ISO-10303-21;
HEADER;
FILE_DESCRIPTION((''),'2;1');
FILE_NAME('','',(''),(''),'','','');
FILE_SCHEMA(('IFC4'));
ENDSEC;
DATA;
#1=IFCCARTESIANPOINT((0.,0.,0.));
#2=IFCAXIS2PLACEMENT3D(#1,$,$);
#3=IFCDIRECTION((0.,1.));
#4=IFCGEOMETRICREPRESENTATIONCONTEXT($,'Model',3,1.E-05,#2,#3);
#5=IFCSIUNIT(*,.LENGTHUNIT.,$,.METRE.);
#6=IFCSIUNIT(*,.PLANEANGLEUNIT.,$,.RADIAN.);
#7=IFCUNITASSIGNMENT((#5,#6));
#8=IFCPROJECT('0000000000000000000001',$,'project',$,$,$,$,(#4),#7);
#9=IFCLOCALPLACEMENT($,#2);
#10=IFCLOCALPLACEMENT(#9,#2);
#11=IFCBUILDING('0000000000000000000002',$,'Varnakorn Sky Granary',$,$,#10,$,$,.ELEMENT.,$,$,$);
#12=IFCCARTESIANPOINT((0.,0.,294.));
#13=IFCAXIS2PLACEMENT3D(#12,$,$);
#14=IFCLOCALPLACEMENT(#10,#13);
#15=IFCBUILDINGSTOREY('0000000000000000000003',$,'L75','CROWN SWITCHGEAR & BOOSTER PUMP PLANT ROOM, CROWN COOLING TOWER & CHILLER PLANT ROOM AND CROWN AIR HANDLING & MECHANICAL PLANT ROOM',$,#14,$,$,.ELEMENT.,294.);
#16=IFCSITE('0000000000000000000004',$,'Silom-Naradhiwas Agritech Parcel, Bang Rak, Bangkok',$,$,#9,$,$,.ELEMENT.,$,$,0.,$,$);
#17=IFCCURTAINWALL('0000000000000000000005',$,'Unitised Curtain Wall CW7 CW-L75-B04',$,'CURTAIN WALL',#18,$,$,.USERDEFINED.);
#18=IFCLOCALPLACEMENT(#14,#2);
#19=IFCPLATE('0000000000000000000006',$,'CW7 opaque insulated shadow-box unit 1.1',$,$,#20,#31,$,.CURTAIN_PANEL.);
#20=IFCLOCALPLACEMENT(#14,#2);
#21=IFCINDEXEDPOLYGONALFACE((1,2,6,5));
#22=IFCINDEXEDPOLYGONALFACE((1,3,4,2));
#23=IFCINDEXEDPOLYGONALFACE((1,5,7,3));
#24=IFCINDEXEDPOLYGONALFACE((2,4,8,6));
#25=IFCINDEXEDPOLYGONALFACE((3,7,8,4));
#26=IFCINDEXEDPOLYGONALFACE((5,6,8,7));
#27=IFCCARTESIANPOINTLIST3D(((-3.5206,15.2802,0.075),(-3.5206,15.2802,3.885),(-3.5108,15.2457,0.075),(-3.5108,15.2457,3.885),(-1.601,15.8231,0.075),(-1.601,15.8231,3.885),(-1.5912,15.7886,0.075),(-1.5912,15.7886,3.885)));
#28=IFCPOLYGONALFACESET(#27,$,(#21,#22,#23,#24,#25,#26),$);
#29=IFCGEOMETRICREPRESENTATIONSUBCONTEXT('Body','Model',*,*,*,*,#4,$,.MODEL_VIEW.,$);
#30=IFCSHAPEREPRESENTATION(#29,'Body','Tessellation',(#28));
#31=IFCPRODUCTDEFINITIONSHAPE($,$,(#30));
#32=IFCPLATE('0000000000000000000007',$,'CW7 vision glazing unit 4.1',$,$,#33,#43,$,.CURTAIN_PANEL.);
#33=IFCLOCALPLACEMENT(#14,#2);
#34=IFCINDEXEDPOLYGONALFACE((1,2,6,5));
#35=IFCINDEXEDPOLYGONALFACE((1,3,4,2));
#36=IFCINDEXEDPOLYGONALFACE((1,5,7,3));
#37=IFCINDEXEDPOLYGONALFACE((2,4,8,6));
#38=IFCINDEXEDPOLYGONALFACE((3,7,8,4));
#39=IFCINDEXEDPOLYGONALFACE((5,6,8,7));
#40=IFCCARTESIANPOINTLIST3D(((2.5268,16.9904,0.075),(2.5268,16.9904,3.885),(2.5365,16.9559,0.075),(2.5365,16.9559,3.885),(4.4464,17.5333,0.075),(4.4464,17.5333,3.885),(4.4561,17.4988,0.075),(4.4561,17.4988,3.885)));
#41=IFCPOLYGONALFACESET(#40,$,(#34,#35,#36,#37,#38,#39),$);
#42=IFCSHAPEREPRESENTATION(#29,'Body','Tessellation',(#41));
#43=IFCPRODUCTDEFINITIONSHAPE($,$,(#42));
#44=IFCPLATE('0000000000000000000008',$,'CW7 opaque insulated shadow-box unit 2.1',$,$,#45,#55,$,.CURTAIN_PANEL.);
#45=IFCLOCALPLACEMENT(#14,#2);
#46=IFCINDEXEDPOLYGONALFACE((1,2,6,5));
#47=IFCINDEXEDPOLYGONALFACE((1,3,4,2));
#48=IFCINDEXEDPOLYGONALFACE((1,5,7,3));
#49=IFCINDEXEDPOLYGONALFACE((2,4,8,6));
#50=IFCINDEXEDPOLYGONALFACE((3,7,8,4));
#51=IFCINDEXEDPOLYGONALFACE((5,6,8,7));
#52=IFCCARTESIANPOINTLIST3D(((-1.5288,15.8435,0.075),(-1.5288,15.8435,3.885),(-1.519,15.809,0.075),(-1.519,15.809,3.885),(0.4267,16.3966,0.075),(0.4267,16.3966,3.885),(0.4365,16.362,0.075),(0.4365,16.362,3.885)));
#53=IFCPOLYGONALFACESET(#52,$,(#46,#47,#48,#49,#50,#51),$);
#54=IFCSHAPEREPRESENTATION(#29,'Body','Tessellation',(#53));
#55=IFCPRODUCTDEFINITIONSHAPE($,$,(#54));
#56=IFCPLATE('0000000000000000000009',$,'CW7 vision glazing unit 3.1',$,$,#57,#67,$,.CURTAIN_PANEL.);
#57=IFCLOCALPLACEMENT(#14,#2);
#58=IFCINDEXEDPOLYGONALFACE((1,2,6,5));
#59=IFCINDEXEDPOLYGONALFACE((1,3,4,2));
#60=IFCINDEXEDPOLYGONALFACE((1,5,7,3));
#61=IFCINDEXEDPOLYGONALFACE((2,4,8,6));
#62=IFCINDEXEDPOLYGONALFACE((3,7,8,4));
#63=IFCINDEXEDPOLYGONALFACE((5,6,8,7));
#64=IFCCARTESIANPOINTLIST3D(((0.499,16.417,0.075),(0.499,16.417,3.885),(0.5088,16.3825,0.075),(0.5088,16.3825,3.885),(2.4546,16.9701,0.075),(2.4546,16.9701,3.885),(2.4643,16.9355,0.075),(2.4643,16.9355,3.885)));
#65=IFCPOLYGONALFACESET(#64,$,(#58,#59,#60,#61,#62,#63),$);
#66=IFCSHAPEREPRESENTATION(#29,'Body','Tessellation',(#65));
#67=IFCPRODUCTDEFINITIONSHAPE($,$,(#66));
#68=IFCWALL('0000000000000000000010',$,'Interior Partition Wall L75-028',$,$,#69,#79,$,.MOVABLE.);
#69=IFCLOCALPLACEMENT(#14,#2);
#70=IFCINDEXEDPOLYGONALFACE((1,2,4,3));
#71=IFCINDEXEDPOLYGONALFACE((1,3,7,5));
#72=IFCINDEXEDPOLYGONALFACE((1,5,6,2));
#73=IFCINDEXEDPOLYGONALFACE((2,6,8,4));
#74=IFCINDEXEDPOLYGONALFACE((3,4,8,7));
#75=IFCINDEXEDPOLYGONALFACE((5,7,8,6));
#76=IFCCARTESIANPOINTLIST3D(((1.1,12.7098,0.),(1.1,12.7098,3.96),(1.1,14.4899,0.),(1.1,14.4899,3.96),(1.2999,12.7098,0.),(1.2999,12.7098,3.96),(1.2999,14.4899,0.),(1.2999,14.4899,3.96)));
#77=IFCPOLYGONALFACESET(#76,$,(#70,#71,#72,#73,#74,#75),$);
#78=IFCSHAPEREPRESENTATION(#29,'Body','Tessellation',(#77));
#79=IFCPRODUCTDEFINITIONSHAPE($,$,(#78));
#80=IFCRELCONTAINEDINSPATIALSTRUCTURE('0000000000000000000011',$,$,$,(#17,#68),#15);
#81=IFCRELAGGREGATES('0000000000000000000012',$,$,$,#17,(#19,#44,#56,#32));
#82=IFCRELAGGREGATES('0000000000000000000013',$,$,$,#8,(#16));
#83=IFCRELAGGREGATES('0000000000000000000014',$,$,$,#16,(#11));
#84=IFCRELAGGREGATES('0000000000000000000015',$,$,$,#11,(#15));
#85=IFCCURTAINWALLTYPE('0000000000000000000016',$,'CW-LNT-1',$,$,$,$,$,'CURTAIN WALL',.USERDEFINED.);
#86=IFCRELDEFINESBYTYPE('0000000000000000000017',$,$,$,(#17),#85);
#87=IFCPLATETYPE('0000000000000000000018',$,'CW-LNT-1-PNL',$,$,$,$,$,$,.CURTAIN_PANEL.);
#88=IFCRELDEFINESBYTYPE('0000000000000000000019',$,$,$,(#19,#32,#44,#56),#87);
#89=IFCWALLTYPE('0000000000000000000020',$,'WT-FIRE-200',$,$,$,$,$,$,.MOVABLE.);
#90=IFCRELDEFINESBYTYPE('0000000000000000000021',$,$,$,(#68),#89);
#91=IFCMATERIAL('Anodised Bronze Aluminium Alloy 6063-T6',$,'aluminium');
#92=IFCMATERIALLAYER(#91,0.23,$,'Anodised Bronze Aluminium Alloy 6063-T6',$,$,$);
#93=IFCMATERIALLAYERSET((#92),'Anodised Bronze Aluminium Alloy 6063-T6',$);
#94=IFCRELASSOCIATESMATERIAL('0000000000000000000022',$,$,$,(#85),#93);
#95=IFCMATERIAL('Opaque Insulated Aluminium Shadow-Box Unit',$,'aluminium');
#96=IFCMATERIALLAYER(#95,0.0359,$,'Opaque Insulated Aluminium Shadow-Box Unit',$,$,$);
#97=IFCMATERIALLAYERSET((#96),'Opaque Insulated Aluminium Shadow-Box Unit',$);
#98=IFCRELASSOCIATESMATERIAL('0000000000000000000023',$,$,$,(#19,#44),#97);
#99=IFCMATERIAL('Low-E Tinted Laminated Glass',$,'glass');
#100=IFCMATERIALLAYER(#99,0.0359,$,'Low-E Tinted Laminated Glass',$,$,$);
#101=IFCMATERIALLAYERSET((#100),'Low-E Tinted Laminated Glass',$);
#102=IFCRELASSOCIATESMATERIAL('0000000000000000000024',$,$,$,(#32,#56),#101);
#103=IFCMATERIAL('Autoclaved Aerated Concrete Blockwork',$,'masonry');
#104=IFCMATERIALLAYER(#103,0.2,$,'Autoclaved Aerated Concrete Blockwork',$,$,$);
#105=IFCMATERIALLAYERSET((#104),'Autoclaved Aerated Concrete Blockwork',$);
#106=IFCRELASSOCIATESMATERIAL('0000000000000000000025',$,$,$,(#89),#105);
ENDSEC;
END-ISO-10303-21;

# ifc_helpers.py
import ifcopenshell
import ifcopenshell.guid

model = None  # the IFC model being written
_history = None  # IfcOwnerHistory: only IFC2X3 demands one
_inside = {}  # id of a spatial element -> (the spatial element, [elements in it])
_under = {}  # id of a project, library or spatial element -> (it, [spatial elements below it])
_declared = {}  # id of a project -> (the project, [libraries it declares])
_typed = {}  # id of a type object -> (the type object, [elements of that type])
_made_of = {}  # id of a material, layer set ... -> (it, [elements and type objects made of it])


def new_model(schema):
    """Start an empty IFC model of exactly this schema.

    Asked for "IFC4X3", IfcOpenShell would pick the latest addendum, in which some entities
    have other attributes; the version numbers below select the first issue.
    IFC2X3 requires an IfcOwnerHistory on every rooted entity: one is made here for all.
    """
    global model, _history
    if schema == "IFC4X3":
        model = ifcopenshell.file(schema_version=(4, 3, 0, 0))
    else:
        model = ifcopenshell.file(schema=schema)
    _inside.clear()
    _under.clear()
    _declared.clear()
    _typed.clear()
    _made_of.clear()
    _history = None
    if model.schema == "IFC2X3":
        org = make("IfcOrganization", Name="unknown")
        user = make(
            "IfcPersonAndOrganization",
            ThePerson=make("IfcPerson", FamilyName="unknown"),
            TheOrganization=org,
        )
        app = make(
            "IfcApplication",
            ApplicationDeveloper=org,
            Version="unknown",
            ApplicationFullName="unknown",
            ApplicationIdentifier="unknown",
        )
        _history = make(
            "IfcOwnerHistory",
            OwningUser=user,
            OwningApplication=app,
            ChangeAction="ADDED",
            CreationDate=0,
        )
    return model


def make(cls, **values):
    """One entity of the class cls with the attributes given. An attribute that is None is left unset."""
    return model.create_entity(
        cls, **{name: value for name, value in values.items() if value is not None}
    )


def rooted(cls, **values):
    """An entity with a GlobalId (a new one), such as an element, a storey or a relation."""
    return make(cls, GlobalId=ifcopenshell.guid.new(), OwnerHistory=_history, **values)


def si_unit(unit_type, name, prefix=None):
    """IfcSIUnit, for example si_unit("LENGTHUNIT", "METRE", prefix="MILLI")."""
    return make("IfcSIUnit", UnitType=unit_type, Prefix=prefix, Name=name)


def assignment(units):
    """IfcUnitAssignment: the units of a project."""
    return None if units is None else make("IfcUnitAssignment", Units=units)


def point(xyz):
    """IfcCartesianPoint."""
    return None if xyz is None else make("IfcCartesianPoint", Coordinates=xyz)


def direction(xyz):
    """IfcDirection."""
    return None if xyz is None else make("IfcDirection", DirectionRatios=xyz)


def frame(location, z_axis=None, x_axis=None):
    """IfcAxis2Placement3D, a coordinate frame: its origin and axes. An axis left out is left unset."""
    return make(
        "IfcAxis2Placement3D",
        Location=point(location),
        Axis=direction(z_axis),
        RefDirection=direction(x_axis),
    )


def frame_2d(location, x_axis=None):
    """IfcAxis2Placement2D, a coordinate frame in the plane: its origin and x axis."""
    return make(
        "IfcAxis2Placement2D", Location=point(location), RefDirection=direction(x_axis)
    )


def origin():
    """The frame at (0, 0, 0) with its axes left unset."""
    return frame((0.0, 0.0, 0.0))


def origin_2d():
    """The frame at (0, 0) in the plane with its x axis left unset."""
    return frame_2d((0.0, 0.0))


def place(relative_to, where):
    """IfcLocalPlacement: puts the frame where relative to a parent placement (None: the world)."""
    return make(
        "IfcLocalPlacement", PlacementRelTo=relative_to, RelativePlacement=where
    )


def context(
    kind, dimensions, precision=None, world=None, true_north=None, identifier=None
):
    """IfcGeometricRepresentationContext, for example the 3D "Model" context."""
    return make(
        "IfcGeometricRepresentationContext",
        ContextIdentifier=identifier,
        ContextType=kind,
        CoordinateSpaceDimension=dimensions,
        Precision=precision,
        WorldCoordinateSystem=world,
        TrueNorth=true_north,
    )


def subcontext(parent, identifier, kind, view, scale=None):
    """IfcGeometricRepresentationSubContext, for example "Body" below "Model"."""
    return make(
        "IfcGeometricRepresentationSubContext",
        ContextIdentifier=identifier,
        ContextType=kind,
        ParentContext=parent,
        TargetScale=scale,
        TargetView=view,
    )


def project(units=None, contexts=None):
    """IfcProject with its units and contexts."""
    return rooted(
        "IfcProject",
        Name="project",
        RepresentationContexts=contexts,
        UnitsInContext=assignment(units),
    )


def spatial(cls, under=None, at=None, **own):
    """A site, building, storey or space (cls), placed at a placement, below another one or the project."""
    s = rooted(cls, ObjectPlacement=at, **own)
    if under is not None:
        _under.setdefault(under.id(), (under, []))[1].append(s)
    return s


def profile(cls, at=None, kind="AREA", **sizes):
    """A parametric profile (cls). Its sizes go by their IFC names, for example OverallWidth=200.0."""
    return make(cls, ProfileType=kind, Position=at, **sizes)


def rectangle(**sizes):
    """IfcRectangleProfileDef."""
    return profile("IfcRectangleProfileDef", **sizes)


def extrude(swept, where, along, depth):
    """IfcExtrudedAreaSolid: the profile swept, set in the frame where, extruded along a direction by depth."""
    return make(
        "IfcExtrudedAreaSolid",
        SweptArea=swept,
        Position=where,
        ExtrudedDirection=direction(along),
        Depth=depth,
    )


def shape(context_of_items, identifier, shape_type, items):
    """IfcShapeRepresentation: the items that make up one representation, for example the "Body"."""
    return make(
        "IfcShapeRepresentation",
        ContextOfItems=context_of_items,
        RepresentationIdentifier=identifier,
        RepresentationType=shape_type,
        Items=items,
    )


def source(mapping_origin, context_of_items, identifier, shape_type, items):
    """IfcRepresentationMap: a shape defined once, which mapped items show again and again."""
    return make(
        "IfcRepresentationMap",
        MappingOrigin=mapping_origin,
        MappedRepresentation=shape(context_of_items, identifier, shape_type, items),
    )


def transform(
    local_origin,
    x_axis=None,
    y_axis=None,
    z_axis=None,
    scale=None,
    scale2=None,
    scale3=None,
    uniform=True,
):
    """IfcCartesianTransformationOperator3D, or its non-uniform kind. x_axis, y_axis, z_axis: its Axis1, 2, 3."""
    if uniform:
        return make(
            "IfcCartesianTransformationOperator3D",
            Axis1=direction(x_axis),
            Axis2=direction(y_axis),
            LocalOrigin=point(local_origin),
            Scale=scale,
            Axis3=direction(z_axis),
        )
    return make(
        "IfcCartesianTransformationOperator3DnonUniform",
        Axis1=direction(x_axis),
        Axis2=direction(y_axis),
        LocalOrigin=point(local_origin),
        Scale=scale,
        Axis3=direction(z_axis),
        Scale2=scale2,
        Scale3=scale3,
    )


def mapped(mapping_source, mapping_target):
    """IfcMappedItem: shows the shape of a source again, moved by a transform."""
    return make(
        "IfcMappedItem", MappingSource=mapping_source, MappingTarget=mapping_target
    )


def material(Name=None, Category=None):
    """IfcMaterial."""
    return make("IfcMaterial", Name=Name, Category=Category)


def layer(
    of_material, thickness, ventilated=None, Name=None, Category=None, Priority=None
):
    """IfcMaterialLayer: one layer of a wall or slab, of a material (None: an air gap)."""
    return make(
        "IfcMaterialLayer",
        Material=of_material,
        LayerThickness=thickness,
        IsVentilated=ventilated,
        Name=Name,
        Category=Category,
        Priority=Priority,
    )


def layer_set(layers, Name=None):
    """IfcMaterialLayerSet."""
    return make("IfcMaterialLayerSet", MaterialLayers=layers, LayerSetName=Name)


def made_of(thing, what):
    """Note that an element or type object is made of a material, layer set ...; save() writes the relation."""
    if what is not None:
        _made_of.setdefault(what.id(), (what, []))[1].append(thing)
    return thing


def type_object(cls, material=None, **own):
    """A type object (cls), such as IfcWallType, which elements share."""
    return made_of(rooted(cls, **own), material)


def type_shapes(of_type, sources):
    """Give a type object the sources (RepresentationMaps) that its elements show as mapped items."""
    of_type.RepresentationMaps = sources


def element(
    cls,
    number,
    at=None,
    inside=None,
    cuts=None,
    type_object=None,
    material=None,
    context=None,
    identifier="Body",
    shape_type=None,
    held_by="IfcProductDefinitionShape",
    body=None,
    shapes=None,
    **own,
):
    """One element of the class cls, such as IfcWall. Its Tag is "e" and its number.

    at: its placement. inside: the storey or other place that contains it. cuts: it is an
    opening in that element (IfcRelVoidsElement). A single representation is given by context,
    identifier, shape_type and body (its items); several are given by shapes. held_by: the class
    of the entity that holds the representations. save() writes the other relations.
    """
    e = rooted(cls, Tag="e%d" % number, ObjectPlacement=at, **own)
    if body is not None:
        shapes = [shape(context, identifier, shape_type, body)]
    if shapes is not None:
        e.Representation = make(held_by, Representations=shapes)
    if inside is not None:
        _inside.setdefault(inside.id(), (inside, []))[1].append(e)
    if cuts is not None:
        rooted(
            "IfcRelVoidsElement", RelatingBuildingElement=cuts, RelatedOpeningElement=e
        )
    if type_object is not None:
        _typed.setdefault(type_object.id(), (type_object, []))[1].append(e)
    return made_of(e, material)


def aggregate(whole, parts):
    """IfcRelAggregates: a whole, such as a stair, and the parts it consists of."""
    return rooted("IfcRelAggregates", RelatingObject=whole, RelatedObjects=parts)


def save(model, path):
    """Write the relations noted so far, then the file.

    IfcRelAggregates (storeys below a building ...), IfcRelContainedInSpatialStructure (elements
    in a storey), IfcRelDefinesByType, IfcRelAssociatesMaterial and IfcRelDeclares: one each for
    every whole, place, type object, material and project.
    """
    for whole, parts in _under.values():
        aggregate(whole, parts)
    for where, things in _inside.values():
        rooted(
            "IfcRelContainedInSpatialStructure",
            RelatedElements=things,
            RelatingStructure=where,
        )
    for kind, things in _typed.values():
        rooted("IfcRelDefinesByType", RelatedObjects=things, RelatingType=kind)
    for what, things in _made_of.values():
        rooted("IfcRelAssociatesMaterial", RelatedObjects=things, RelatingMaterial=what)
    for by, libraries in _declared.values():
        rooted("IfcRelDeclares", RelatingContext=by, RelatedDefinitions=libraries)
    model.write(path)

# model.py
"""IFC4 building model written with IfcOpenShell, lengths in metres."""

from ifc_helpers import new_model, si_unit, direction, frame, frame_2d, origin, origin_2d, place, context, subcontext, project, spatial, rectangle, extrude, source, transform, mapped, material, layer, layer_set, type_object, type_shapes, element, aggregate, save


model = new_model("IFC4")

# Units and contexts
model_context = context("Model", 3, precision=1e-05, world=origin(), true_north=direction((0.0, 1.0)))
body_context = subcontext(model_context, "Body", "Model", "MODEL_VIEW")
ifc_project = project(units=[si_unit("LENGTHUNIT", "METRE"), si_unit("PLANEANGLEUNIT", "RADIAN")], contexts=[model_context])

# Site, building, storey
site_placement = place(None, origin())
site = spatial("IfcSite", under=ifc_project, at=site_placement, Name="Silom-Naradhiwas Agritech Parcel, Bang Rak, Bangkok", CompositionType="ELEMENT", RefElevation=0.0)
building_placement = place(site_placement, origin())
building = spatial("IfcBuilding", under=site, at=building_placement, Name="Varnakorn Sky Granary", CompositionType="ELEMENT")
storey_placement = place(building_placement, frame((0.0, 0.0, 294.0)))
storey = spatial("IfcBuildingStorey", under=building, at=storey_placement, Name="L75", Description="CROWN SWITCHGEAR & BOOSTER PUMP PLANT ROOM, CROWN COOLING TOWER & CHILLER PLANT ROOM AND CROWN AIR HANDLING & MECHANICAL PLANT ROOM", CompositionType="ELEMENT", Elevation=294.0)

# Shared definitions
ifc_material_1 = material(Name="Anodised Bronze Aluminium Alloy 6063-T6", Category="aluminium")
ifc_layer_1 = layer(ifc_material_1, 0.23, Name="Anodised Bronze Aluminium Alloy 6063-T6")
ifc_layer_set_1 = layer_set([ifc_layer_1], Name="Anodised Bronze Aluminium Alloy 6063-T6")
curtain_wall_type = type_object("IfcCurtainWallType", Name="CW-LNT-1", ElementType="CURTAIN WALL", PredefinedType="USERDEFINED", material=ifc_layer_set_1)

# Curtain wall
curtain_wall_1_placement = place(storey_placement, origin())
curtain_wall_1 = element("IfcCurtainWall", 1, at=curtain_wall_1_placement, inside=storey, type_object=curtain_wall_type, Name="Unitised Curtain Wall CW7 CW-L75-B04", ObjectType="CURTAIN WALL", PredefinedType="USERDEFINED")

# Plates
ifc_material_2 = material(Name="Opaque Insulated Aluminium Shadow-Box Unit", Category="aluminium")
ifc_layer_2 = layer(ifc_material_2, 0.0359, Name="Opaque Insulated Aluminium Shadow-Box Unit")
ifc_layer_set_2 = layer_set([ifc_layer_2], Name="Opaque Insulated Aluminium Shadow-Box Unit")
plate_type = type_object("IfcPlateType", Name="CW-LNT-1-PNL", PredefinedType="CURTAIN_PANEL")
shared_shape_1 = source(origin(), body_context, "Body", "SweptSolid", [
    extrude(rectangle(XDim=1.9949, YDim=0.0359, at=origin_2d()), origin(), (0.0, 0.0, 1.0), 3.8101),
])
plate_1_placement = place(storey_placement, frame((-2.5559, 15.5344, 0.075), z_axis=(0.0, 0.0, 1.0), x_axis=(0.962256, 0.272147, 0.0)))
plate_1 = element("IfcPlate", 2, at=plate_1_placement, type_object=plate_type, material=ifc_layer_set_2, Name="CW7 opaque insulated shadow-box unit 1.1", PredefinedType="CURTAIN_PANEL", context=body_context, shape_type="MappedRepresentation", body=[
    mapped(shared_shape_1, transform((0.0, 0.0, 0.0), x_axis=(1.0, 0.0, 0.0), y_axis=(0.0, 1.0, 0.0), z_axis=(0.0, 0.0, 1.0), scale=1.0)),
])
ifc_material_3 = material(Name="Low-E Tinted Laminated Glass", Category="glass")
ifc_layer_3 = layer(ifc_material_3, 0.0359, Name="Low-E Tinted Laminated Glass")
ifc_layer_set_3 = layer_set([ifc_layer_3], Name="Low-E Tinted Laminated Glass")
plate_2_placement = place(storey_placement, frame((3.4915, 17.2446, 0.075), z_axis=(0.0, 0.0, 1.0), x_axis=(0.962256, 0.272147, 0.0)))
plate_2 = element("IfcPlate", 3, at=plate_2_placement, type_object=plate_type, material=ifc_layer_set_3, Name="CW7 vision glazing unit 4.1", PredefinedType="CURTAIN_PANEL", context=body_context, shape_type="MappedRepresentation", body=[
    mapped(shared_shape_1, transform((0.0, 0.0, 0.0), x_axis=(1.0, 0.0, 0.0), y_axis=(0.0, 1.0, 0.0), z_axis=(0.0, 0.0, 1.0), scale=1.0)),
])
shared_shape_2 = source(origin(), body_context, "Body", "SweptSolid", [
    extrude(rectangle(XDim=2.0322, YDim=0.0359, at=origin_2d()), origin(), (0.0, 0.0, 1.0), 3.8101),
])
type_shapes(plate_type, [shared_shape_1, shared_shape_2])
plate_3_placement = place(storey_placement, frame((-0.5461, 16.1028, 0.075), z_axis=(0.0, 0.0, 1.0), x_axis=(0.962256, 0.272147, 0.0)))
plate_3 = element("IfcPlate", 4, at=plate_3_placement, type_object=plate_type, material=ifc_layer_set_2, Name="CW7 opaque insulated shadow-box unit 2.1", PredefinedType="CURTAIN_PANEL", context=body_context, shape_type="MappedRepresentation", body=[
    mapped(shared_shape_2, transform((0.0, 0.0, 0.0), x_axis=(1.0, 0.0, 0.0), y_axis=(0.0, 1.0, 0.0), z_axis=(0.0, 0.0, 1.0), scale=1.0)),
])
plate_4_placement = place(storey_placement, frame((1.4817, 16.6763, 0.075), z_axis=(0.0, 0.0, 1.0), x_axis=(0.962256, 0.272147, 0.0)))
plate_4 = element("IfcPlate", 5, at=plate_4_placement, type_object=plate_type, material=ifc_layer_set_3, Name="CW7 vision glazing unit 3.1", PredefinedType="CURTAIN_PANEL", context=body_context, shape_type="MappedRepresentation", body=[
    mapped(shared_shape_2, transform((0.0, 0.0, 0.0), x_axis=(1.0, 0.0, 0.0), y_axis=(0.0, 1.0, 0.0), z_axis=(0.0, 0.0, 1.0), scale=1.0)),
])
aggregate(curtain_wall_1, [plate_1, plate_3, plate_4, plate_2])

# Wall
ifc_material_4 = material(Name="Autoclaved Aerated Concrete Blockwork", Category="masonry")
ifc_layer_4 = layer(ifc_material_4, 0.2, Name="Autoclaved Aerated Concrete Blockwork")
ifc_layer_set_4 = layer_set([ifc_layer_4], Name="Autoclaved Aerated Concrete Blockwork")
wall_type = type_object("IfcWallType", Name="WT-FIRE-200", PredefinedType="MOVABLE", material=ifc_layer_set_4)
wall_placement = place(storey_placement, frame((1.2, 14.49, 0.0), z_axis=(0.0, 0.0, 1.0), x_axis=(0.0, -1.0, 0.0)))
element("IfcWall", 6, at=wall_placement, inside=storey, type_object=wall_type, Name="Interior Partition Wall L75-028", PredefinedType="MOVABLE", context=body_context, shape_type="SweptSolid", body=[
    extrude(rectangle(XDim=1.78, YDim=0.2, at=frame_2d((0.8901, 0.0))), origin(), (0.0, 0.0, 1.0), 3.96),
])

save(model, "model.ifc")
